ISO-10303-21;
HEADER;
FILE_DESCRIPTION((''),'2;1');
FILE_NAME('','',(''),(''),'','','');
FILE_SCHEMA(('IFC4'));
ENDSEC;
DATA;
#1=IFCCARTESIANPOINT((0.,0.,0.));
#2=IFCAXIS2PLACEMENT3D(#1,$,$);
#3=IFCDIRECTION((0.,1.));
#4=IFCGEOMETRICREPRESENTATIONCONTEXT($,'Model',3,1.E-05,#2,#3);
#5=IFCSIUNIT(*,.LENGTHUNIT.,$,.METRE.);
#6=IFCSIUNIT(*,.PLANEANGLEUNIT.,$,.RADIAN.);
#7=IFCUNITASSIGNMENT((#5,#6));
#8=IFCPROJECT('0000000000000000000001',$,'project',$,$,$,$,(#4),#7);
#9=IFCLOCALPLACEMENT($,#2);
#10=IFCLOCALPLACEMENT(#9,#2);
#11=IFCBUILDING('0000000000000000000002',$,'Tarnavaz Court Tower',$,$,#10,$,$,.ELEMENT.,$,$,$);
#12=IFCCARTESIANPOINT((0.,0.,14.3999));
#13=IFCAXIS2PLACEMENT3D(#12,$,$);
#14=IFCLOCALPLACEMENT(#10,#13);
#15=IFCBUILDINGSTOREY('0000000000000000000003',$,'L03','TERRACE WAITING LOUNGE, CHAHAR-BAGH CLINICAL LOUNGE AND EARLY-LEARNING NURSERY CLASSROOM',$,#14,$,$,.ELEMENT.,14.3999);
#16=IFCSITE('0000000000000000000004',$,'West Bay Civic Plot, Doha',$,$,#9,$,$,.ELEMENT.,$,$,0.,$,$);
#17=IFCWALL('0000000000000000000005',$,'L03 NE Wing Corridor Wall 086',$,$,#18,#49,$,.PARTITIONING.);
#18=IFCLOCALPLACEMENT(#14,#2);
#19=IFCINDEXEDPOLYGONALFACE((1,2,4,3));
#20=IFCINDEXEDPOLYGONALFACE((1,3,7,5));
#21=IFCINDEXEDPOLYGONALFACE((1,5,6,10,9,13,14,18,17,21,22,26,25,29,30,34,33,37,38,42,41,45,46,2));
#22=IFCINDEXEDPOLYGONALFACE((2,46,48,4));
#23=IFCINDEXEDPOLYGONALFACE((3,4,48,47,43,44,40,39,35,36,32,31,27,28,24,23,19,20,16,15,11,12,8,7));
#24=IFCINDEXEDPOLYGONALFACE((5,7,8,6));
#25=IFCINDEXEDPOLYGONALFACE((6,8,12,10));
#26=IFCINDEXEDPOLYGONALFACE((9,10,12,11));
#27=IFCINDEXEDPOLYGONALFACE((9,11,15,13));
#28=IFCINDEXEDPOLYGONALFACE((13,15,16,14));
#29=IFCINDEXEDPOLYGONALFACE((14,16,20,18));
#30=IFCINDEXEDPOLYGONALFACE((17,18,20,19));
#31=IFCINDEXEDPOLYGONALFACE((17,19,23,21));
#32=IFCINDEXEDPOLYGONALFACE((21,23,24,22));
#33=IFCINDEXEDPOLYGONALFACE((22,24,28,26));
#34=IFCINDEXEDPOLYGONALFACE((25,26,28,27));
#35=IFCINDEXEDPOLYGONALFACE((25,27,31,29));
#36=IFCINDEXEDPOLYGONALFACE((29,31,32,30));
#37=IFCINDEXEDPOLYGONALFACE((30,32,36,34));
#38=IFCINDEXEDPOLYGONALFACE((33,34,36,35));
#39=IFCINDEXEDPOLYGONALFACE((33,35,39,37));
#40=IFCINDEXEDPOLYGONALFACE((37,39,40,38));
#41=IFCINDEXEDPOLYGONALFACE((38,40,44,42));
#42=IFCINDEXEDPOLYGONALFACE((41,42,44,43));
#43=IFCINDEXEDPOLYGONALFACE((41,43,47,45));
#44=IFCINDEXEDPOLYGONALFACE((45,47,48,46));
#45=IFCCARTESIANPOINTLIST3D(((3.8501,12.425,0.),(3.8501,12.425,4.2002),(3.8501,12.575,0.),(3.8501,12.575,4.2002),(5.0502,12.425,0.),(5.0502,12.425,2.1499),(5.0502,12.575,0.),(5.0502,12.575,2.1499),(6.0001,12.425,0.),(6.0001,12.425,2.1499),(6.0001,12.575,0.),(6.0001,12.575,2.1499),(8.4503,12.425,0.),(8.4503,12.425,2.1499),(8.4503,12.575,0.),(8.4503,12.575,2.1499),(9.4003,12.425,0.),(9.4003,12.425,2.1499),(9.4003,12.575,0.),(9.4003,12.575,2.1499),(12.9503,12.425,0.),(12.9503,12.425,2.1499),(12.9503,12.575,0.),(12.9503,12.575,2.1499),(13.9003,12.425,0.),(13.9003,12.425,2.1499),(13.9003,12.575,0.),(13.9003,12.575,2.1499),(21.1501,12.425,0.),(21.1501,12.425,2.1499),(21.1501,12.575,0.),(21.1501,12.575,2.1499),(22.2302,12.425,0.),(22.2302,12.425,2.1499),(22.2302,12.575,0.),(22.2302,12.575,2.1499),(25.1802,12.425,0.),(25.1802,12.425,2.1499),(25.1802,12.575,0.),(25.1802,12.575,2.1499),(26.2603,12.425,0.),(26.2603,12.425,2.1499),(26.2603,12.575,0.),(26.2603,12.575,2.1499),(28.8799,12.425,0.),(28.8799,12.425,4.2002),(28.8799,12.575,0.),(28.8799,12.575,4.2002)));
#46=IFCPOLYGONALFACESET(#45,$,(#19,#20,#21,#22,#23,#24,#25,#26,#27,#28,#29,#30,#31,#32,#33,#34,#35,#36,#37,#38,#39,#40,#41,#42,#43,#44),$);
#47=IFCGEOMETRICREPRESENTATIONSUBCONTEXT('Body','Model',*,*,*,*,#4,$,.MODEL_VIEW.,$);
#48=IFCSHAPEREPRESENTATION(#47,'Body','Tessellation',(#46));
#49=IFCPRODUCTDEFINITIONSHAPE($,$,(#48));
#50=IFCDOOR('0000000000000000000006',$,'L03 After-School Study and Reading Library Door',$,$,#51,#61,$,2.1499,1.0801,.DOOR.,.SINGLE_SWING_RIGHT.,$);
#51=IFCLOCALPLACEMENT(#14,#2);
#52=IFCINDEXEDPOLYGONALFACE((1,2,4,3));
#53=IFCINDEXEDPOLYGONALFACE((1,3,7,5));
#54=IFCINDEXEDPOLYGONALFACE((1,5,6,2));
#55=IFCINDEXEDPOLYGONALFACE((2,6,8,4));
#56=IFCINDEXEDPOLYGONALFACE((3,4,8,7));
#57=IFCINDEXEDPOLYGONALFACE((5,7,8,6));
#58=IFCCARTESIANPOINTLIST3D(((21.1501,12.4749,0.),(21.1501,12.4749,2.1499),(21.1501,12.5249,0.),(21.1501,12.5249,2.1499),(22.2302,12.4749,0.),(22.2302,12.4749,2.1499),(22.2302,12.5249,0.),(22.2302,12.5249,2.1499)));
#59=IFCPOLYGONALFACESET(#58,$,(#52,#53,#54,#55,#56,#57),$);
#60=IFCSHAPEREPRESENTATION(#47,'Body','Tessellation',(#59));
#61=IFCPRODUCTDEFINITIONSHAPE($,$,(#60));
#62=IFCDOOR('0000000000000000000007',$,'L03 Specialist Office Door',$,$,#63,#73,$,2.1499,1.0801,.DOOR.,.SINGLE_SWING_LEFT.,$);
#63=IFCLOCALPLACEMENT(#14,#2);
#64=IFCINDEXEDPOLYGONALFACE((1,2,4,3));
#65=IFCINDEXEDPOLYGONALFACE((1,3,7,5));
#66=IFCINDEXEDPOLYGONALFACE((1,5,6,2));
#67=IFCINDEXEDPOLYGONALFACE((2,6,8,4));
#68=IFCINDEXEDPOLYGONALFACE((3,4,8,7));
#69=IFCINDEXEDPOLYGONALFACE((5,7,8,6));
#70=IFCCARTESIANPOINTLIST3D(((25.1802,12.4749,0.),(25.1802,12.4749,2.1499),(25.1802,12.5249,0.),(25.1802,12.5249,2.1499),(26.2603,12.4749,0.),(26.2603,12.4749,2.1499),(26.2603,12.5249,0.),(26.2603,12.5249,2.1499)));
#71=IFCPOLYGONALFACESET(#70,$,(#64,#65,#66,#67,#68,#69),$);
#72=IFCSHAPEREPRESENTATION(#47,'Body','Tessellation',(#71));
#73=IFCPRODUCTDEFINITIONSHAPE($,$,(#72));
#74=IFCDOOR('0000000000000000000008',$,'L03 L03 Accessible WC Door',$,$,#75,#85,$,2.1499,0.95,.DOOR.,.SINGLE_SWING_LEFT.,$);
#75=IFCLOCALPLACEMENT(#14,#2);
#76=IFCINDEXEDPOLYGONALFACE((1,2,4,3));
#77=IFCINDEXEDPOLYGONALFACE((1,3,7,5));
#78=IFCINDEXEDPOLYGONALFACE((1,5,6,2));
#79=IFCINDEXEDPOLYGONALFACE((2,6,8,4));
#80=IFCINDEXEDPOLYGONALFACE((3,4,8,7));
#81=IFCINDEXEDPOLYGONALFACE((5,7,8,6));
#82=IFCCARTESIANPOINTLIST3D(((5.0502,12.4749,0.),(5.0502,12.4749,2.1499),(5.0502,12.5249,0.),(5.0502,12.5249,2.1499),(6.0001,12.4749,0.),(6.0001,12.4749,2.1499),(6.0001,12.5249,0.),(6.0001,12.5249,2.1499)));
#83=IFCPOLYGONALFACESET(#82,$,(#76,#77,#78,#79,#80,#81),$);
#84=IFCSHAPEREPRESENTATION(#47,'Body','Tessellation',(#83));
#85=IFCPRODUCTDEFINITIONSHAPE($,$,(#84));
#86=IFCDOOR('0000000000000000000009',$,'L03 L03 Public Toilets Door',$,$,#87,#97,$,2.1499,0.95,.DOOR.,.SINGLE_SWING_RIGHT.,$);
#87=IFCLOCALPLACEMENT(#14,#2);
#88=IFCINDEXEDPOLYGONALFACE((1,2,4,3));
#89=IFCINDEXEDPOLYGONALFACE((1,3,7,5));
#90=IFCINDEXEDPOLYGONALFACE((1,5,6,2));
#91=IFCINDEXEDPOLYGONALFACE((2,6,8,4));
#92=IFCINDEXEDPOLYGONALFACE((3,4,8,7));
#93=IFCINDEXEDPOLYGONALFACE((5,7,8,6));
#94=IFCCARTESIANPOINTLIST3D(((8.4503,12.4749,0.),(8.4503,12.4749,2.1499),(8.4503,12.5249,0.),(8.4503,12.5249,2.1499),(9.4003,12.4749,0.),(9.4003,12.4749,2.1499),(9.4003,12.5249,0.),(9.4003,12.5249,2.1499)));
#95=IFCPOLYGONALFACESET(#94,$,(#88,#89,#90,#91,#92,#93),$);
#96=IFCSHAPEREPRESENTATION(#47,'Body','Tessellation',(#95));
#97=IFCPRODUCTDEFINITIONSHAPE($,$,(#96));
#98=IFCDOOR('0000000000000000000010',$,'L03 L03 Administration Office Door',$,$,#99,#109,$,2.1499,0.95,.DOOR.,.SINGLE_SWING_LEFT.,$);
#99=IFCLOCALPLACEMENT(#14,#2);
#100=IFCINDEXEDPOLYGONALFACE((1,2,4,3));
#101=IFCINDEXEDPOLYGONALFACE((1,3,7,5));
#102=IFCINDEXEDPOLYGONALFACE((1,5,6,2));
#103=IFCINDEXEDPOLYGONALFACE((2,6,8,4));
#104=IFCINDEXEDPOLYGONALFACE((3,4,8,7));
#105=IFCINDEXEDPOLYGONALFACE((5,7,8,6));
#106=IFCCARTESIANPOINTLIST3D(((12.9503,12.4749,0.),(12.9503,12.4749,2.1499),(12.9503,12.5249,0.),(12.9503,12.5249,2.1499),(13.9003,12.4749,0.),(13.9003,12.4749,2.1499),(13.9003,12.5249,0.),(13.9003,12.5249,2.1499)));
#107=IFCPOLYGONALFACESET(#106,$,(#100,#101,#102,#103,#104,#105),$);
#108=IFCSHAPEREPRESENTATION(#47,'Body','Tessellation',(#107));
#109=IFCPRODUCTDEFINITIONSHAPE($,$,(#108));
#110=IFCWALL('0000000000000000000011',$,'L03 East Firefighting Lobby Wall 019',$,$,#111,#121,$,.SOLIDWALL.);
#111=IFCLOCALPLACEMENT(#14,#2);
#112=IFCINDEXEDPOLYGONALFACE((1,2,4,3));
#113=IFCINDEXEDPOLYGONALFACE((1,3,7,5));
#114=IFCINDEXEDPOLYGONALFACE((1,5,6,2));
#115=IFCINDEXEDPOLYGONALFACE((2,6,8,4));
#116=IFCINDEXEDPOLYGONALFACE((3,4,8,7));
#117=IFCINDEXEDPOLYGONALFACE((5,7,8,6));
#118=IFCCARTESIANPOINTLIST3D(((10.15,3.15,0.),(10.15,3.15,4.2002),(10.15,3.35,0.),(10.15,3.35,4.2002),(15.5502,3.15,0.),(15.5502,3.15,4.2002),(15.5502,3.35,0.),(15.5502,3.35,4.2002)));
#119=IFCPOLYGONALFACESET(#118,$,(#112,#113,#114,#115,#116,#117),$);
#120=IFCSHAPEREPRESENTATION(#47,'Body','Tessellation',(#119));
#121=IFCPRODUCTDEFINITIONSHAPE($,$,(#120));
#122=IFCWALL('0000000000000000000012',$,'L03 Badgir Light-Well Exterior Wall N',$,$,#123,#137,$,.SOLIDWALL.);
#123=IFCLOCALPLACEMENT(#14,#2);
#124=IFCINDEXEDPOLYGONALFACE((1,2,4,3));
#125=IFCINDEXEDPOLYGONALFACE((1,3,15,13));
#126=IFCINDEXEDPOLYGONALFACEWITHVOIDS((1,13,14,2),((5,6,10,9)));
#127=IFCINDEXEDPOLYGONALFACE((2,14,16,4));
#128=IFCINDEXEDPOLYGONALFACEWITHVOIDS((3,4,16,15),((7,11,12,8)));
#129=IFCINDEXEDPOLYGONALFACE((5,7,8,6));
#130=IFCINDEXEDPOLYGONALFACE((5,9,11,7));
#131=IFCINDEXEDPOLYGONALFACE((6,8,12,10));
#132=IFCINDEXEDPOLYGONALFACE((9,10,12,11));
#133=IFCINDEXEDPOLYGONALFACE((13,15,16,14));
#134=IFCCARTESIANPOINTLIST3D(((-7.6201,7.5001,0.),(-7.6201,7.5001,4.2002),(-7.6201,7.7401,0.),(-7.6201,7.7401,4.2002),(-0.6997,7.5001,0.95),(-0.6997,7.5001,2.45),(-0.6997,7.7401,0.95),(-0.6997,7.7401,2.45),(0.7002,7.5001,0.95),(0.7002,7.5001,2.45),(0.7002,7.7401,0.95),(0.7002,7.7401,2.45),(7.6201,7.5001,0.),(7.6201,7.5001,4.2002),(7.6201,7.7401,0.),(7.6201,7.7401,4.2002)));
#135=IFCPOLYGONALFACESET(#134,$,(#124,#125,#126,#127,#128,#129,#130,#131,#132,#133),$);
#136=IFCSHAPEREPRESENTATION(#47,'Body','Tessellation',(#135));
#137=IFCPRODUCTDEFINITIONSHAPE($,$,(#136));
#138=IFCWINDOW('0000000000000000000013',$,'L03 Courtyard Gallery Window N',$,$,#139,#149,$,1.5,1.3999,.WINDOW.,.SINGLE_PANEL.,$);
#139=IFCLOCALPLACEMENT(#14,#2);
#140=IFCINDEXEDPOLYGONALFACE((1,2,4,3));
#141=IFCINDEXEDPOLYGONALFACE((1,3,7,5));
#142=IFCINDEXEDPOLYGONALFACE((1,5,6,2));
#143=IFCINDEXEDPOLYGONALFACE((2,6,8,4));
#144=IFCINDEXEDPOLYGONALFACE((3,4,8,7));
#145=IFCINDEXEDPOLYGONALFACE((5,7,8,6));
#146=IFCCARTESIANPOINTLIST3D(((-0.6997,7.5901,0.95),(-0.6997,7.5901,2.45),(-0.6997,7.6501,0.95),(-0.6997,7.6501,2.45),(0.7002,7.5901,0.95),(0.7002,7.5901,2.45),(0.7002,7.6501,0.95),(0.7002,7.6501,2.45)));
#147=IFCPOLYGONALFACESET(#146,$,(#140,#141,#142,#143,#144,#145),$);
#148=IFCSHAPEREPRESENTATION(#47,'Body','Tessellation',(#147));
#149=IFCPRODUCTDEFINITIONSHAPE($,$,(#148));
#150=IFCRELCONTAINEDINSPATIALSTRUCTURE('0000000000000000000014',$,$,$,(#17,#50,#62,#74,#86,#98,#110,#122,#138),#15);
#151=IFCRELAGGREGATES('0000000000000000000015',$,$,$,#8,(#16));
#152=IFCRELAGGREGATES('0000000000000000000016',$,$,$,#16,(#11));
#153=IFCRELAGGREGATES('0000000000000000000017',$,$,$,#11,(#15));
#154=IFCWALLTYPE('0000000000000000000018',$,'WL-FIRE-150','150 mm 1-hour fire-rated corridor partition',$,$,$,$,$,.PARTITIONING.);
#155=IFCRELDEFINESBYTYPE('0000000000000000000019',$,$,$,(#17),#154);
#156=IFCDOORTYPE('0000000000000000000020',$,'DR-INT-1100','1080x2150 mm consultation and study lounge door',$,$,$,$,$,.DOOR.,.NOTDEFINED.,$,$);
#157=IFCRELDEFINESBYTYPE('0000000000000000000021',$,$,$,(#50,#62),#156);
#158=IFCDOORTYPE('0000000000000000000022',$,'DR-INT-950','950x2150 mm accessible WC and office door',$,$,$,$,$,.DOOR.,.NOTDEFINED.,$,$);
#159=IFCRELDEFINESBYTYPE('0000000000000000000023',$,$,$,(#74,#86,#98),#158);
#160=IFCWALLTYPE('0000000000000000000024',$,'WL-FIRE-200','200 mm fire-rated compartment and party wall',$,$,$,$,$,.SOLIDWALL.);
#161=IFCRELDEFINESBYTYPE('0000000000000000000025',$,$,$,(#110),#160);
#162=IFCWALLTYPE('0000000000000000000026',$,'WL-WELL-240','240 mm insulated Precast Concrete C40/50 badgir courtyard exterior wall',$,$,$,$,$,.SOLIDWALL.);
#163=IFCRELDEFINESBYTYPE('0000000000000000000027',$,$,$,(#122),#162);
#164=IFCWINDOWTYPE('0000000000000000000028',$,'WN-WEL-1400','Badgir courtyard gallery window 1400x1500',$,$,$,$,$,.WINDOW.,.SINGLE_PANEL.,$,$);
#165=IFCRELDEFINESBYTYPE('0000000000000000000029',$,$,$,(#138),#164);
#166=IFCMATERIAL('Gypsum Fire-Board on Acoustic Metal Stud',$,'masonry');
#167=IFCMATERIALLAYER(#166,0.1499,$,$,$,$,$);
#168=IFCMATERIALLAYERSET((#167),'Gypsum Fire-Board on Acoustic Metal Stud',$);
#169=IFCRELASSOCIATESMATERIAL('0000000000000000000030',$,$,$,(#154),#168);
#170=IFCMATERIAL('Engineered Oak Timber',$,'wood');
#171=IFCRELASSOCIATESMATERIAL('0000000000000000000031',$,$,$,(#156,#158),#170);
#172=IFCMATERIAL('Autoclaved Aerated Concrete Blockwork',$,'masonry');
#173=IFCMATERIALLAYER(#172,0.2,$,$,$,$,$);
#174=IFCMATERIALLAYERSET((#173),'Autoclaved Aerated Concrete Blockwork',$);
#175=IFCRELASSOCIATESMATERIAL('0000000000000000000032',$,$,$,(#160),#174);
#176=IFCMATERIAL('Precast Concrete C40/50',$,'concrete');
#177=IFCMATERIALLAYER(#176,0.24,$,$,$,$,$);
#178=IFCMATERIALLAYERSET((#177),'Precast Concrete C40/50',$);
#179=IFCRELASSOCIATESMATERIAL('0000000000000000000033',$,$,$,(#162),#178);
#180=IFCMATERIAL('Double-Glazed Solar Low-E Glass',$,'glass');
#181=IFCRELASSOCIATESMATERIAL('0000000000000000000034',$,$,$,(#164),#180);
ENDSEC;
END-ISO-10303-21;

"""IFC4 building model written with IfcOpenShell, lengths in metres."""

from ifc_helpers import new_model, si_unit, direction, frame, frame_2d, origin, place, context, subcontext, project, spatial, rectangle, extrude, material, layer, layer_set, type_object, element, fill, save


model = new_model("IFC4")

# Units and contexts
model_context = context("Model", 3, precision=1e-05, world=origin(), true_north=direction((0.0, 1.0)))
body_context = subcontext(model_context, "Body", "Model", "MODEL_VIEW")
ifc_project = project(units=[si_unit("LENGTHUNIT", "METRE"), si_unit("PLANEANGLEUNIT", "RADIAN")], contexts=[model_context])

# Site, building, storey
site_placement = place(None, origin())
site = spatial("IfcSite", under=ifc_project, at=site_placement, Name="West Bay Civic Plot, Doha", CompositionType="ELEMENT", RefElevation=0.0)
building_placement = place(site_placement, origin())
building = spatial("IfcBuilding", under=site, at=building_placement, Name="Tarnavaz Court Tower", CompositionType="ELEMENT")
storey_placement = place(building_placement, frame((0.0, 0.0, 14.3999)))
storey = spatial("IfcBuildingStorey", under=building, at=storey_placement, Name="L03", Description="TERRACE WAITING LOUNGE, CHAHAR-BAGH CLINICAL LOUNGE AND EARLY-LEARNING NURSERY CLASSROOM", CompositionType="ELEMENT", Elevation=14.3999)

# Wall, openings, doors
ifc_material_1 = material(Name="Gypsum Fire-Board on Acoustic Metal Stud", Category="masonry")
ifc_layer_1 = layer(ifc_material_1, 0.1499)
ifc_layer_set_1 = layer_set([ifc_layer_1], Name="Gypsum Fire-Board on Acoustic Metal Stud")
wall_type_1 = type_object("IfcWallType", Name="WL-FIRE-150", Description="150 mm 1-hour fire-rated corridor partition", PredefinedType="PARTITIONING", material=ifc_layer_set_1)
wall_1_placement = place(storey_placement, frame((3.8501, 12.5, 0.0), z_axis=(0.0, 0.0, 1.0), x_axis=(1.0, 0.0, 0.0)))
wall_1 = element("IfcWall", 1, at=wall_1_placement, inside=storey, type_object=wall_type_1, Name="L03 NE Wing Corridor Wall 086", PredefinedType="PARTITIONING", context=body_context, shape_type="SweptSolid", body=[
    extrude(rectangle(XDim=25.0298, YDim=0.1499, at=frame_2d((12.5149, 0.0))), origin(), (0.0, 0.0, 1.0), 4.2002),
])
opening_1_placement = place(wall_1_placement, frame((1.2, 0.0, 0.0)))
opening_1 = element("IfcOpeningElement", 2, at=opening_1_placement, cuts=wall_1, PredefinedType="OPENING", context=body_context, shape_type="SweptSolid", body=[
    extrude(rectangle(XDim=0.95, YDim=2.1499, at=frame_2d((0.4751, 1.075))), frame((0.0, 0.085, 0.0), z_axis=(0.0, -1.0, 0.0), x_axis=(1.0, 0.0, 0.0)), (0.0, 0.0, 1.0), 0.1699),
])
opening_2_placement = place(wall_1_placement, frame((4.6001, 0.0, 0.0)))
opening_2 = element("IfcOpeningElement", 3, at=opening_2_placement, cuts=wall_1, PredefinedType="OPENING", context=body_context, shape_type="SweptSolid", body=[
    extrude(rectangle(XDim=0.95, YDim=2.1499, at=frame_2d((0.4751, 1.075))), frame((0.0, 0.085, 0.0), z_axis=(0.0, -1.0, 0.0), x_axis=(1.0, 0.0, 0.0)), (0.0, 0.0, 1.0), 0.1699),
])
opening_3_placement = place(wall_1_placement, frame((9.1001, 0.0, 0.0)))
opening_3 = element("IfcOpeningElement", 4, at=opening_3_placement, cuts=wall_1, PredefinedType="OPENING", context=body_context, shape_type="SweptSolid", body=[
    extrude(rectangle(XDim=0.95, YDim=2.1499, at=frame_2d((0.4751, 1.075))), frame((0.0, 0.085, 0.0), z_axis=(0.0, -1.0, 0.0), x_axis=(1.0, 0.0, 0.0)), (0.0, 0.0, 1.0), 0.1699),
])
opening_4_placement = place(wall_1_placement, frame((17.3, 0.0, 0.0)))
opening_4 = element("IfcOpeningElement", 5, at=opening_4_placement, cuts=wall_1, PredefinedType="OPENING", context=body_context, shape_type="SweptSolid", body=[
    extrude(rectangle(XDim=1.0801, YDim=2.1499, at=frame_2d((0.54, 1.075))), frame((0.0, 0.085, 0.0), z_axis=(0.0, -1.0, 0.0), x_axis=(1.0, 0.0, 0.0)), (0.0, 0.0, 1.0), 0.1699),
])
opening_5_placement = place(wall_1_placement, frame((21.3301, 0.0, 0.0)))
opening_5 = element("IfcOpeningElement", 6, at=opening_5_placement, cuts=wall_1, PredefinedType="OPENING", context=body_context, shape_type="SweptSolid", body=[
    extrude(rectangle(XDim=1.0801, YDim=2.1499, at=frame_2d((0.54, 1.075))), frame((0.0, 0.085, 0.0), z_axis=(0.0, -1.0, 0.0), x_axis=(1.0, 0.0, 0.0)), (0.0, 0.0, 1.0), 0.1699),
])
ifc_material_2 = material(Name="Engineered Oak Timber", Category="wood")
door_type_1 = type_object("IfcDoorType", Name="DR-INT-1100", Description="1080x2150 mm consultation and study lounge door", OperationType="NOTDEFINED", PredefinedType="DOOR", material=ifc_material_2)
door_1_placement = place(opening_4_placement, origin())
door_1 = element("IfcDoor", 7, at=door_1_placement, inside=storey, type_object=door_type_1, Name="L03 After-School Study and Reading Library Door", OperationType="SINGLE_SWING_RIGHT", OverallHeight=2.1499, OverallWidth=1.0801, PredefinedType="DOOR", context=body_context, shape_type="SweptSolid", body=[
    extrude(rectangle(XDim=1.0801, YDim=2.1499, at=frame_2d((0.54, 1.075))), frame((0.0, 0.0249, 0.0), z_axis=(0.0, -1.0, 0.0), x_axis=(1.0, 0.0, 0.0)), (0.0, 0.0, 1.0), 0.05),
])
fill(opening_4, door_1)
door_2_placement = place(opening_5_placement, origin())
door_2 = element("IfcDoor", 8, at=door_2_placement, inside=storey, type_object=door_type_1, Name="L03 Specialist Office Door", OperationType="SINGLE_SWING_LEFT", OverallHeight=2.1499, OverallWidth=1.0801, PredefinedType="DOOR", context=body_context, shape_type="SweptSolid", body=[
    extrude(rectangle(XDim=1.0801, YDim=2.1499, at=frame_2d((0.54, 1.075))), frame((0.0, 0.0249, 0.0), z_axis=(0.0, -1.0, 0.0), x_axis=(1.0, 0.0, 0.0)), (0.0, 0.0, 1.0), 0.05),
])
fill(opening_5, door_2)
door_type_2 = type_object("IfcDoorType", Name="DR-INT-950", Description="950x2150 mm accessible WC and office door", OperationType="NOTDEFINED", PredefinedType="DOOR", material=ifc_material_2)
door_3_placement = place(opening_1_placement, origin())
door_3 = element("IfcDoor", 9, at=door_3_placement, inside=storey, type_object=door_type_2, Name="L03 L03 Accessible WC Door", OperationType="SINGLE_SWING_LEFT", OverallHeight=2.1499, OverallWidth=0.95, PredefinedType="DOOR", context=body_context, shape_type="SweptSolid", body=[
    extrude(rectangle(XDim=0.95, YDim=2.1499, at=frame_2d((0.4751, 1.075))), frame((0.0, 0.0249, 0.0), z_axis=(0.0, -1.0, 0.0), x_axis=(1.0, 0.0, 0.0)), (0.0, 0.0, 1.0), 0.05),
])
fill(opening_1, door_3)
door_4_placement = place(opening_2_placement, origin())
door_4 = element("IfcDoor", 10, at=door_4_placement, inside=storey, type_object=door_type_2, Name="L03 L03 Public Toilets Door", OperationType="SINGLE_SWING_RIGHT", OverallHeight=2.1499, OverallWidth=0.95, PredefinedType="DOOR", context=body_context, shape_type="SweptSolid", body=[
    extrude(rectangle(XDim=0.95, YDim=2.1499, at=frame_2d((0.4751, 1.075))), frame((0.0, 0.0249, 0.0), z_axis=(0.0, -1.0, 0.0), x_axis=(1.0, 0.0, 0.0)), (0.0, 0.0, 1.0), 0.05),
])
fill(opening_2, door_4)
door_5_placement = place(opening_3_placement, origin())
door_5 = element("IfcDoor", 11, at=door_5_placement, inside=storey, type_object=door_type_2, Name="L03 L03 Administration Office Door", OperationType="SINGLE_SWING_LEFT", OverallHeight=2.1499, OverallWidth=0.95, PredefinedType="DOOR", context=body_context, shape_type="SweptSolid", body=[
    extrude(rectangle(XDim=0.95, YDim=2.1499, at=frame_2d((0.4751, 1.075))), frame((0.0, 0.0249, 0.0), z_axis=(0.0, -1.0, 0.0), x_axis=(1.0, 0.0, 0.0)), (0.0, 0.0, 1.0), 0.05),
])
fill(opening_3, door_5)

# Wall
ifc_material_3 = material(Name="Autoclaved Aerated Concrete Blockwork", Category="masonry")
ifc_layer_2 = layer(ifc_material_3, 0.2)
ifc_layer_set_2 = layer_set([ifc_layer_2], Name="Autoclaved Aerated Concrete Blockwork")
wall_type_2 = type_object("IfcWallType", Name="WL-FIRE-200", Description="200 mm fire-rated compartment and party wall", PredefinedType="SOLIDWALL", material=ifc_layer_set_2)
wall_2_placement = place(storey_placement, frame((10.1499, 3.25, 0.0), z_axis=(0.0, 0.0, 1.0), x_axis=(1.0, 0.0, 0.0)))
element("IfcWall", 12, at=wall_2_placement, inside=storey, type_object=wall_type_2, Name="L03 East Firefighting Lobby Wall 019", PredefinedType="SOLIDWALL", context=body_context, shape_type="SweptSolid", body=[
    extrude(rectangle(XDim=5.4001, YDim=0.2, at=frame_2d((2.7002, 0.0))), origin(), (0.0, 0.0, 1.0), 4.2002),
])

# Wall, opening, window
ifc_material_4 = material(Name="Precast Concrete C40/50", Category="concrete")
ifc_layer_3 = layer(ifc_material_4, 0.24)
ifc_layer_set_3 = layer_set([ifc_layer_3], Name="Precast Concrete C40/50")
wall_type_3 = type_object("IfcWallType", Name="WL-WELL-240", Description="240 mm insulated Precast Concrete C40/50 badgir courtyard exterior wall", PredefinedType="SOLIDWALL", material=ifc_layer_set_3)
wall_3_placement = place(storey_placement, frame((7.6201, 7.6201, 0.0), z_axis=(0.0, 0.0, 1.0), x_axis=(-1.0, 0.0, 0.0)))
wall_3 = element("IfcWall", 13, at=wall_3_placement, inside=storey, type_object=wall_type_3, Name="L03 Badgir Light-Well Exterior Wall N", PredefinedType="SOLIDWALL", context=body_context, shape_type="SweptSolid", body=[
    extrude(rectangle(XDim=15.2402, YDim=0.24, at=frame_2d((7.6201, 0.0))), origin(), (0.0, 0.0, 1.0), 4.2002),
])
opening_6_placement = place(wall_3_placement, frame((6.9199, 0.0, 0.95)))
opening_6 = element("IfcOpeningElement", 14, at=opening_6_placement, cuts=wall_3, PredefinedType="OPENING", context=body_context, shape_type="SweptSolid", body=[
    extrude(rectangle(XDim=1.3999, YDim=1.5, at=frame_2d((0.7, 0.75))), frame((0.0, 0.1299, 0.0), z_axis=(0.0, -1.0, 0.0), x_axis=(1.0, 0.0, 0.0)), (0.0, 0.0, 1.0), 0.26),
])
ifc_material_5 = material(Name="Double-Glazed Solar Low-E Glass", Category="glass")
window_type = type_object("IfcWindowType", Name="WN-WEL-1400", Description="Badgir courtyard gallery window 1400x1500", PartitioningType="SINGLE_PANEL", PredefinedType="WINDOW", material=ifc_material_5)
window_placement = place(opening_6_placement, origin())
window = element("IfcWindow", 15, at=window_placement, inside=storey, type_object=window_type, Name="L03 Courtyard Gallery Window N", OverallHeight=1.5, OverallWidth=1.3999, PartitioningType="SINGLE_PANEL", PredefinedType="WINDOW", context=body_context, shape_type="SweptSolid", body=[
    extrude(rectangle(XDim=1.3999, YDim=1.5, at=frame_2d((0.7, 0.75))), frame((0.0, 0.03, 0.0), z_axis=(0.0, -1.0, 0.0), x_axis=(1.0, 0.0, 0.0)), (0.0, 0.0, 1.0), 0.0601),
])
fill(opening_6, window)

save(model, "model.ifc")
